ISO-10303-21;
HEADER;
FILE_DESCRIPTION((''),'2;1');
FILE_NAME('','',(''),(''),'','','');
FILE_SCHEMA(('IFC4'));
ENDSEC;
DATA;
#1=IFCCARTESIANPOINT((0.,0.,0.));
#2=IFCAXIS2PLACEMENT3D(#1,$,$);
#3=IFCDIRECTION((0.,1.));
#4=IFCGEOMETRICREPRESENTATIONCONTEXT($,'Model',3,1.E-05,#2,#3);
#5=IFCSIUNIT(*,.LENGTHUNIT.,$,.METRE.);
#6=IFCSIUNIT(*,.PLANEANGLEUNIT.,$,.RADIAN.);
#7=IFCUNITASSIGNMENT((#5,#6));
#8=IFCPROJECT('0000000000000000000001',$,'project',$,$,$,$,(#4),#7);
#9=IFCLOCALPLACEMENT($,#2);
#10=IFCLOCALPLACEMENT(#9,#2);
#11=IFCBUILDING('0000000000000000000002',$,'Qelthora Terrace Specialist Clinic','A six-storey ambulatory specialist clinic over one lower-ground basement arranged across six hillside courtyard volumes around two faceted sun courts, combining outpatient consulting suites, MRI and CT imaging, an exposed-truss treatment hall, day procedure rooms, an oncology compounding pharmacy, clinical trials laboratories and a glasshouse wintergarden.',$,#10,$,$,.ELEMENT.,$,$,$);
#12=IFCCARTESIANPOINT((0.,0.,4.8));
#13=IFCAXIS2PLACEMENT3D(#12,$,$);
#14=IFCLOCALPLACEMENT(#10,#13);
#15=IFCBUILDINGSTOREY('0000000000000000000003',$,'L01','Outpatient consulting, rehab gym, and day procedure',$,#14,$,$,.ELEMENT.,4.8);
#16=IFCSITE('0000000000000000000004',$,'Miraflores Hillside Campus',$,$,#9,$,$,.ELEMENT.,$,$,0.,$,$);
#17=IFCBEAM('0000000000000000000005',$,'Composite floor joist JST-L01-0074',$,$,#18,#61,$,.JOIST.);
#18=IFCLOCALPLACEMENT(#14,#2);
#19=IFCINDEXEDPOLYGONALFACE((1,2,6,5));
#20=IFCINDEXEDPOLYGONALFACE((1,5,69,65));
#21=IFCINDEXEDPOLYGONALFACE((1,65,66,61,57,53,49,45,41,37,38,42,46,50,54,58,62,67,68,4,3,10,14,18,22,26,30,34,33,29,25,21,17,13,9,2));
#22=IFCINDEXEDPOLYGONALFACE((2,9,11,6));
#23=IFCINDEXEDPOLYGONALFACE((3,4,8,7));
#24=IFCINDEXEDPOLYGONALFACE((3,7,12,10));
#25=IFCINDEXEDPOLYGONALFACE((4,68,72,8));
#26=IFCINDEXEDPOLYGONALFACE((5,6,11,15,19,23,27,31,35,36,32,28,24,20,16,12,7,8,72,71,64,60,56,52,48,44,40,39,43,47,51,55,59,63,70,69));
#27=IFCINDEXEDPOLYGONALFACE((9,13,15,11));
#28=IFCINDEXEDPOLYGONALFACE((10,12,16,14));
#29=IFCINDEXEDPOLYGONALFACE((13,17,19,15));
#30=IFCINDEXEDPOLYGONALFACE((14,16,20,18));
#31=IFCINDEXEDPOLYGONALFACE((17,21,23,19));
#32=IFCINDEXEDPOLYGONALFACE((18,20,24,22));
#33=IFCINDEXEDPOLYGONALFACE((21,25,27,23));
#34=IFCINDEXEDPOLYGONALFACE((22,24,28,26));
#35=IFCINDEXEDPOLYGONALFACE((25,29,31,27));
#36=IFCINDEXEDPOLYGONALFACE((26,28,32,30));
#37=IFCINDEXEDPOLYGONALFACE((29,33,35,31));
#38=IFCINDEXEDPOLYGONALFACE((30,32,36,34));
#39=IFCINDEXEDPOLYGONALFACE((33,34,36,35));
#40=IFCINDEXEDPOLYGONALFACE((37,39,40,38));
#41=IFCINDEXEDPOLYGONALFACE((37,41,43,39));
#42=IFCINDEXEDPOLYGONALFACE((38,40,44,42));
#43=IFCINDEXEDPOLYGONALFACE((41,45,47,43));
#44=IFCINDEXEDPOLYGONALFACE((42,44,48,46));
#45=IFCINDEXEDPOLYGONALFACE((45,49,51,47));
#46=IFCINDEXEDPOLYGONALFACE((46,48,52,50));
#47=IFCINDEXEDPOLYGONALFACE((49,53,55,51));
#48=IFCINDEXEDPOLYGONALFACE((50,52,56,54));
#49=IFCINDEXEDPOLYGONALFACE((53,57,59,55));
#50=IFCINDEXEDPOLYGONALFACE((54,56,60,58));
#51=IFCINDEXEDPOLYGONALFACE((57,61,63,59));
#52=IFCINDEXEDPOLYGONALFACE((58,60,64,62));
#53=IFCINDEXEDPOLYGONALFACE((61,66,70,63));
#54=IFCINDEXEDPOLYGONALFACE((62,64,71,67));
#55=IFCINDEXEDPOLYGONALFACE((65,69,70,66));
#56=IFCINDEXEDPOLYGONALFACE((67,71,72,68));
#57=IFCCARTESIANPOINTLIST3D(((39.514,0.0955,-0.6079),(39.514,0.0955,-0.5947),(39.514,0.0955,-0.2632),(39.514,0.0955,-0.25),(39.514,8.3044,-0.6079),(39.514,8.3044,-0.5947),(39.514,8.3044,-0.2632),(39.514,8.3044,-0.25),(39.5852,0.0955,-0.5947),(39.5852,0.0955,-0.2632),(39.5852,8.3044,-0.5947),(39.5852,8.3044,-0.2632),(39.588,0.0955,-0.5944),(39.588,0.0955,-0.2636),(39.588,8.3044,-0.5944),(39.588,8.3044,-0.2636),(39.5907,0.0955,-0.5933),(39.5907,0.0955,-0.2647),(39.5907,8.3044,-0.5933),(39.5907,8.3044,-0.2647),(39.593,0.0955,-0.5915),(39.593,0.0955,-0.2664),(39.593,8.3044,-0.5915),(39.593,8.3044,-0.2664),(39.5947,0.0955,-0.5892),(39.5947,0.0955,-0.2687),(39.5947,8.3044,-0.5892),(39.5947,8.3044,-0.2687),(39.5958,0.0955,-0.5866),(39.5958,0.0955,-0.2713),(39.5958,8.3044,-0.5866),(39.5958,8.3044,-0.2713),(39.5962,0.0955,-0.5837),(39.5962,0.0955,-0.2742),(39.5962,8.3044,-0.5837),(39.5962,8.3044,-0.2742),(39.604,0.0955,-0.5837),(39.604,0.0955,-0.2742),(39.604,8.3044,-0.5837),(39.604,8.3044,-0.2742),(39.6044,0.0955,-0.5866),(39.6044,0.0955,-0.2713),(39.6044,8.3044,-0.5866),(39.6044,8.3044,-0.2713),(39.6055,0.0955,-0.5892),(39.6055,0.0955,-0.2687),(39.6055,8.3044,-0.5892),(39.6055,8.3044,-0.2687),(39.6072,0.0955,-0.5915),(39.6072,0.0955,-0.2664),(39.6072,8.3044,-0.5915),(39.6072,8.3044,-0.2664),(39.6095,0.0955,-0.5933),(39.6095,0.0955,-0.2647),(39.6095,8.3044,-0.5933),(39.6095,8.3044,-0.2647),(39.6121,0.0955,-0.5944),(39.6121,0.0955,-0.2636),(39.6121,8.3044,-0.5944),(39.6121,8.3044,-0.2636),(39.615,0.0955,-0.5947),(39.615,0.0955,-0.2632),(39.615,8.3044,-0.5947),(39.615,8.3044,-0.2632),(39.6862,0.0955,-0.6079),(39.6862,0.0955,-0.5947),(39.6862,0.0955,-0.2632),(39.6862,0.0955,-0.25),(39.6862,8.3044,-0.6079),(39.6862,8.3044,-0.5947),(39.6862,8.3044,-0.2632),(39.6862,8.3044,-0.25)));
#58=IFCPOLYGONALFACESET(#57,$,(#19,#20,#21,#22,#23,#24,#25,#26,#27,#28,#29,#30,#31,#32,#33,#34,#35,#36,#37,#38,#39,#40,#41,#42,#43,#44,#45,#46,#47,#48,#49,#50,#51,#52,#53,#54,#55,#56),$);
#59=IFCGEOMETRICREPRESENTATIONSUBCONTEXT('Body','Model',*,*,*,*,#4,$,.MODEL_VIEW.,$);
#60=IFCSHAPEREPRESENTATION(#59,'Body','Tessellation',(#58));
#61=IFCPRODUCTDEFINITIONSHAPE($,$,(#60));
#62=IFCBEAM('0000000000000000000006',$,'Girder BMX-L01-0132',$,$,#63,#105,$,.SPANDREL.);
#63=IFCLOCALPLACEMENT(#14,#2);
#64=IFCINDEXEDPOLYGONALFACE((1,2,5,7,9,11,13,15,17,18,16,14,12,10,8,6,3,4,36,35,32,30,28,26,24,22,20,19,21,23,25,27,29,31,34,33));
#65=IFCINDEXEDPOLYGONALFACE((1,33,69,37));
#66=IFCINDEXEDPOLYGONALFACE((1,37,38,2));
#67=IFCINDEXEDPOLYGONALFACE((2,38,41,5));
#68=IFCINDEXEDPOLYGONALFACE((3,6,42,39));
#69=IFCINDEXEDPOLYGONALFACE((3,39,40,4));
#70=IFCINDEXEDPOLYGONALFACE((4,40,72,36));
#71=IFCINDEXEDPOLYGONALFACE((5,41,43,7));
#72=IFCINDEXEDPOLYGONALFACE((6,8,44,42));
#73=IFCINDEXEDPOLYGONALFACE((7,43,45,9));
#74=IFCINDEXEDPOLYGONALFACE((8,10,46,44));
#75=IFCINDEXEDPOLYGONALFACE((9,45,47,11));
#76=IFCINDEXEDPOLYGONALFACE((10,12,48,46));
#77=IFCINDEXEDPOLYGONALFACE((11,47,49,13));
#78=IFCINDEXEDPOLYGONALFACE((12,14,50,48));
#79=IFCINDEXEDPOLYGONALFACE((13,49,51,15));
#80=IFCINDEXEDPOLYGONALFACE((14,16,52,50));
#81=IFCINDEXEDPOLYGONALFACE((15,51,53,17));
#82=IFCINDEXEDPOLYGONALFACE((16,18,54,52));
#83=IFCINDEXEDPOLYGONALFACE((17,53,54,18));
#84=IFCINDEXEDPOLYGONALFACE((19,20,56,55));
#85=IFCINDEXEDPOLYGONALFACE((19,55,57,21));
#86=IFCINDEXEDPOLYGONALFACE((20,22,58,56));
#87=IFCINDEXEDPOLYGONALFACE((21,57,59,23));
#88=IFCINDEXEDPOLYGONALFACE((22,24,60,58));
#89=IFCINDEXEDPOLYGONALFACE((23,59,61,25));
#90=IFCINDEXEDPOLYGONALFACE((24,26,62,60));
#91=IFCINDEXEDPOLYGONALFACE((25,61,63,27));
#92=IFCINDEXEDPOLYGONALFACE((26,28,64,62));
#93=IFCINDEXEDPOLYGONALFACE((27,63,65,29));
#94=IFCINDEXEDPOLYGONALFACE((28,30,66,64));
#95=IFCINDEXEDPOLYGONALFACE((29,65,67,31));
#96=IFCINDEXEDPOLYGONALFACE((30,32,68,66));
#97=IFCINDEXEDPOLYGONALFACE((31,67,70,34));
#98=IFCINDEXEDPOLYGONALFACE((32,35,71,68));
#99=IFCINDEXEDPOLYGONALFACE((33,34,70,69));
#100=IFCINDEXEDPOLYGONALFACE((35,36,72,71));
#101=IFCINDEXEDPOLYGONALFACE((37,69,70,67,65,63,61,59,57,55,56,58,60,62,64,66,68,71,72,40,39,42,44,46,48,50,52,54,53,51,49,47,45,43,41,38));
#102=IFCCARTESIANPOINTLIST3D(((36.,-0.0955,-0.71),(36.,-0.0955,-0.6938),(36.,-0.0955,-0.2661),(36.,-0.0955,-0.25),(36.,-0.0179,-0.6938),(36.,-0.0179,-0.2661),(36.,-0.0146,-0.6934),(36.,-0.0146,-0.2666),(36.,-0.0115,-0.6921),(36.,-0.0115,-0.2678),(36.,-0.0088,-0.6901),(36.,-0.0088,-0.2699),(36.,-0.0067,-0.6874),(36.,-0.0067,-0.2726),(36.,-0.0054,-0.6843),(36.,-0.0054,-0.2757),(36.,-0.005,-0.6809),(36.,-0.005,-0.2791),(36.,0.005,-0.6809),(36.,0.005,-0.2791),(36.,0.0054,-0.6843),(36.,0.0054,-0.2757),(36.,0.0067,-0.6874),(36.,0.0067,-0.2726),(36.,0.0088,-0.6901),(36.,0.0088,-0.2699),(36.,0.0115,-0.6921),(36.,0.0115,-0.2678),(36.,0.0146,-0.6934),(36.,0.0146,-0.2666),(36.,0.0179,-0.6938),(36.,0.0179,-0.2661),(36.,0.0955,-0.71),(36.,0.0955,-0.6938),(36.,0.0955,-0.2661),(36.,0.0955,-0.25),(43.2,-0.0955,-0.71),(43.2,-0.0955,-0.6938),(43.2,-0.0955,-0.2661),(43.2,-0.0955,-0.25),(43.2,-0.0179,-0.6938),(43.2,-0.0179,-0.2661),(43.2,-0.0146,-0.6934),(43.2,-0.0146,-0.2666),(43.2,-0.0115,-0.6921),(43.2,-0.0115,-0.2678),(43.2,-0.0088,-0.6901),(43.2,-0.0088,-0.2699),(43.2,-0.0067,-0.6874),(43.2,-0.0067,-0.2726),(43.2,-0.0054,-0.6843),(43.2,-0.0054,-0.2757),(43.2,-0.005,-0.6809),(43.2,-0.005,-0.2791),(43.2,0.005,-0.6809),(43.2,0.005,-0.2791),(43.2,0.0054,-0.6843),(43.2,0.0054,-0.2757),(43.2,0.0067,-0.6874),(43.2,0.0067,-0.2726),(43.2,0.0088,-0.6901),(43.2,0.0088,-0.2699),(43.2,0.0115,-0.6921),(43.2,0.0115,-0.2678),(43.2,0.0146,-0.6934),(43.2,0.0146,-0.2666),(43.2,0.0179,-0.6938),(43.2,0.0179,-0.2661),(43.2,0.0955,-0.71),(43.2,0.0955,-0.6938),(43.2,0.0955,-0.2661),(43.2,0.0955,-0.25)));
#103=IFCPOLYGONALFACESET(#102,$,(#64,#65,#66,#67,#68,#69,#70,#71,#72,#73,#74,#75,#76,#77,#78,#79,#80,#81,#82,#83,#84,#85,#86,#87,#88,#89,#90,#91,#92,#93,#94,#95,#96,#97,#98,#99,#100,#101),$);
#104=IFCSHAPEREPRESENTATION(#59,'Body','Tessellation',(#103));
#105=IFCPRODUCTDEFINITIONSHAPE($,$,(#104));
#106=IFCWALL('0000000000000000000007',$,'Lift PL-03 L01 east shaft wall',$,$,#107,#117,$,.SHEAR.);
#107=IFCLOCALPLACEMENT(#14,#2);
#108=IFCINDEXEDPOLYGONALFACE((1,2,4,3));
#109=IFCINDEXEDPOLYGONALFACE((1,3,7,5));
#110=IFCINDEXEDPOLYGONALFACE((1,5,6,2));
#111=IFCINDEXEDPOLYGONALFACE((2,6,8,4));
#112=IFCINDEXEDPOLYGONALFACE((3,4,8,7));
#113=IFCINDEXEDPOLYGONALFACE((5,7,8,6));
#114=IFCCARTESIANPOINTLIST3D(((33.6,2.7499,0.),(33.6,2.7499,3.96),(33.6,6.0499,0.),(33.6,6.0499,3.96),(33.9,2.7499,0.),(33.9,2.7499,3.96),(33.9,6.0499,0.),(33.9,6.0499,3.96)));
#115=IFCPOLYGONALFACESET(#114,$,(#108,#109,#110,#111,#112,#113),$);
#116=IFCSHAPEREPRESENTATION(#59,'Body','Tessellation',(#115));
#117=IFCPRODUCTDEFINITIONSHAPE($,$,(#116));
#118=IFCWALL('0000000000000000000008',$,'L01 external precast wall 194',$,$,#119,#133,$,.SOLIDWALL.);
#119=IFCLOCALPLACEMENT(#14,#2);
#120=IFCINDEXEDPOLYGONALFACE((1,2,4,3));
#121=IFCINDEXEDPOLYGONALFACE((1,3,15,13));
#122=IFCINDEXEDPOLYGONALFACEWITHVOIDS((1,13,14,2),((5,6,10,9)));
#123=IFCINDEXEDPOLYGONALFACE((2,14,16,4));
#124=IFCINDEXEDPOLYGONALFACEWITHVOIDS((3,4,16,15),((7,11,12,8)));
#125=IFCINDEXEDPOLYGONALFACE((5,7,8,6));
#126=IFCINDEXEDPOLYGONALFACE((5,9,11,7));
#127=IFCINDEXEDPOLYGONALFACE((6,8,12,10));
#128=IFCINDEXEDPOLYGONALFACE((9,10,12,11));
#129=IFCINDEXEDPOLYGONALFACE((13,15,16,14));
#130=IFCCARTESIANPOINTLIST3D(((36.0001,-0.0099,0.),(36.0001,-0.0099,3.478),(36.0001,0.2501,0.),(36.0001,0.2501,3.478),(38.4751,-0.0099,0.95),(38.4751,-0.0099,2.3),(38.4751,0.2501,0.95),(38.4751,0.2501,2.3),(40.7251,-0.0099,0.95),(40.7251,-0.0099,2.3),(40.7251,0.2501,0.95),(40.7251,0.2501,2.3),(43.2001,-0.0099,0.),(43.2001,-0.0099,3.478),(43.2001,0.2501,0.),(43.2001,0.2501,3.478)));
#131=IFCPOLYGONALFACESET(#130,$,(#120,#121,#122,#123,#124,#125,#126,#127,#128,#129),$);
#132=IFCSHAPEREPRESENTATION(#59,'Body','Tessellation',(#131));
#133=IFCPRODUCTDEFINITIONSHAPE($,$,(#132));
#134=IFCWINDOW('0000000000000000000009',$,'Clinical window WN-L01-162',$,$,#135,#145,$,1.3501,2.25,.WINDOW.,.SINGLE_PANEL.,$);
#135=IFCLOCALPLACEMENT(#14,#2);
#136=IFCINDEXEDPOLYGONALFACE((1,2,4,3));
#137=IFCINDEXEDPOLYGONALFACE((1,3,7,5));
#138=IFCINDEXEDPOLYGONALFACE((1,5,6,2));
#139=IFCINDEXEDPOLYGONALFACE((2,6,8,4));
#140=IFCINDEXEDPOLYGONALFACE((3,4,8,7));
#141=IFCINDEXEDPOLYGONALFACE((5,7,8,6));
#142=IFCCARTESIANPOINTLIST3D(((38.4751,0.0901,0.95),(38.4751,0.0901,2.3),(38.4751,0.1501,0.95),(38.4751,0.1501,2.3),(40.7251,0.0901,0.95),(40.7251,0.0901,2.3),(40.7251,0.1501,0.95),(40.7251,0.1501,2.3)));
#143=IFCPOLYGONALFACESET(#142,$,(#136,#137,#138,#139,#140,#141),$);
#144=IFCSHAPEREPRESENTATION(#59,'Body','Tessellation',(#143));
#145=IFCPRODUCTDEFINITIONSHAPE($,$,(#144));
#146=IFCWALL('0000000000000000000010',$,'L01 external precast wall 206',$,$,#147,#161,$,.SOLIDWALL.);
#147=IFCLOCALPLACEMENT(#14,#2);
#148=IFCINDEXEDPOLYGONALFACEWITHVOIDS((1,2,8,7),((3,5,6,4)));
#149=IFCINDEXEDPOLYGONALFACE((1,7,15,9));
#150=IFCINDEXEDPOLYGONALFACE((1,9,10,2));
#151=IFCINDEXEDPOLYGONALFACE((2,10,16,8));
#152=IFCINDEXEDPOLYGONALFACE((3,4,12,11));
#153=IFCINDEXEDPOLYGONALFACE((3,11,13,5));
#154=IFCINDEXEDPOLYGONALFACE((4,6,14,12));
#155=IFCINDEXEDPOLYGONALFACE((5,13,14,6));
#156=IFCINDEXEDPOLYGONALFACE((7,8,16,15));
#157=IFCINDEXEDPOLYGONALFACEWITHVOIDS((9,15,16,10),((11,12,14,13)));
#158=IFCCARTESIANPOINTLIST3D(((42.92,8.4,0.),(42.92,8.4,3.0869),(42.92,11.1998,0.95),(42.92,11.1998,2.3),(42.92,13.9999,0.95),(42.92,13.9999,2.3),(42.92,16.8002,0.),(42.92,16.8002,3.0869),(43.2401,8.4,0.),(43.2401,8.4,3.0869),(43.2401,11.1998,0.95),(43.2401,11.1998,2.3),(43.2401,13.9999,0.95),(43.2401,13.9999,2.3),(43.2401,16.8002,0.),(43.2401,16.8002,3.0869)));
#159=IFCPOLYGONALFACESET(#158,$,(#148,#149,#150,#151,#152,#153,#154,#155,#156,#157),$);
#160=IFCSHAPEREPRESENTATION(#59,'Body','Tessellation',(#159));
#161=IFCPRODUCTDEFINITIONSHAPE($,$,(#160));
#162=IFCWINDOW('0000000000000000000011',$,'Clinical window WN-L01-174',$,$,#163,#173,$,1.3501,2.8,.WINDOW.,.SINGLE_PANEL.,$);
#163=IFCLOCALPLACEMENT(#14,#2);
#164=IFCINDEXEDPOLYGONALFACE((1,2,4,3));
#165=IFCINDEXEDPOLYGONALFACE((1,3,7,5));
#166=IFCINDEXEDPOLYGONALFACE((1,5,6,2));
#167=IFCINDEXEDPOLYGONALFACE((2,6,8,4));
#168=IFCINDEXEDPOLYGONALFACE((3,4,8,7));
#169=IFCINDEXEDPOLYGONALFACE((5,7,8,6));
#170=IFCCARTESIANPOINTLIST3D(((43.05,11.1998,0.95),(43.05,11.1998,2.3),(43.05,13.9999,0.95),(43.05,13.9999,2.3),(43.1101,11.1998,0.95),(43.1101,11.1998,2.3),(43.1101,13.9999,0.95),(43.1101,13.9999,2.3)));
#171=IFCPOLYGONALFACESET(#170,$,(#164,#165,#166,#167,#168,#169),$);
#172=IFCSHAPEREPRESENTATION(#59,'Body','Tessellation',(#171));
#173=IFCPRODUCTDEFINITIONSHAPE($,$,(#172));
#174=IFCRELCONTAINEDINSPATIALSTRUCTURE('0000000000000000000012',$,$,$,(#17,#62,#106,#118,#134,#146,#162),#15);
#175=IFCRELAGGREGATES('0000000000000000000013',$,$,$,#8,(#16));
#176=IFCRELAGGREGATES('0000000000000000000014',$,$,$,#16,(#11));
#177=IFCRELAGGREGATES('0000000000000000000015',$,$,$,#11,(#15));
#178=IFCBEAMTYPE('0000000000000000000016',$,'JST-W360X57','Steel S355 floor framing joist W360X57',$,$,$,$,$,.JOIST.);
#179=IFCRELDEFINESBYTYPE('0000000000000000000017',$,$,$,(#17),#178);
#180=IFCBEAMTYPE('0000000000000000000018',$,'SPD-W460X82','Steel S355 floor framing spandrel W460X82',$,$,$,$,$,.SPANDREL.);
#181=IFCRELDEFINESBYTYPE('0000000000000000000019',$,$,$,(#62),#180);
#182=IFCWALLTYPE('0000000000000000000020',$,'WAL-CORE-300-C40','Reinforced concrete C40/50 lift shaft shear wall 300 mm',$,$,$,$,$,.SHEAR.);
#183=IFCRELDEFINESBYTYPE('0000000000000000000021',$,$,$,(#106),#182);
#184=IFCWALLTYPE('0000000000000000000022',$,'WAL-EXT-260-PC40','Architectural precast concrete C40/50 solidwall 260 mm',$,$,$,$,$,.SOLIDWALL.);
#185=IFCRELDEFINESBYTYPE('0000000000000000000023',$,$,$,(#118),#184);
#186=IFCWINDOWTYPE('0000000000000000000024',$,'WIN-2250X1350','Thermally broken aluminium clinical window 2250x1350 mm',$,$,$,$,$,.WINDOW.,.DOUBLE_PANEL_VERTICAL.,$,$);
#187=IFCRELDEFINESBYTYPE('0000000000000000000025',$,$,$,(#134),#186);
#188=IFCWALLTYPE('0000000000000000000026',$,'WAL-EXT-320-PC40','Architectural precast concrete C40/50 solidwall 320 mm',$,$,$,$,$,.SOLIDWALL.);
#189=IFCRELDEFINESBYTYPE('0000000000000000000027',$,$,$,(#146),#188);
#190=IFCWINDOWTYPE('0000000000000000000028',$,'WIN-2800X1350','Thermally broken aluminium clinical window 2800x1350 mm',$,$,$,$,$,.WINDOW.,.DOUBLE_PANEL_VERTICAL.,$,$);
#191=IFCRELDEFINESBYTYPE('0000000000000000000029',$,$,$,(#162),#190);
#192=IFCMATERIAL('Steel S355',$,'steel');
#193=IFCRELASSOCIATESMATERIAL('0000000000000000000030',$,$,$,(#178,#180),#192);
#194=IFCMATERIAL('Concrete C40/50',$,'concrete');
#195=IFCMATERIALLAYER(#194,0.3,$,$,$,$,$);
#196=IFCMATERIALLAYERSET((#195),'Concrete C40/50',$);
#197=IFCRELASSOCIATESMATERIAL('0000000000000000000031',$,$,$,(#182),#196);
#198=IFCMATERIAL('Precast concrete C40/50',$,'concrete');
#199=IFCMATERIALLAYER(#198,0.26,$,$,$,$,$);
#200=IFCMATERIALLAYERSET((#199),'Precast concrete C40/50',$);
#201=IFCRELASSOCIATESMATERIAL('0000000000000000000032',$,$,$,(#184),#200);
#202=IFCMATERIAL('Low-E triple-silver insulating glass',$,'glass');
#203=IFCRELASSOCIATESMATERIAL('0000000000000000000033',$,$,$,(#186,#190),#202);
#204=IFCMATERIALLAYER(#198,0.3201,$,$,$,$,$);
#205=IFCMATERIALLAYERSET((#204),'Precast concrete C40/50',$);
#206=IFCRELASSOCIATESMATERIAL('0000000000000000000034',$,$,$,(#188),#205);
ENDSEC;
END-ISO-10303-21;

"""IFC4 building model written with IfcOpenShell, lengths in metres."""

from ifc_helpers import new_model, si_unit, direction, frame, frame_2d, origin, origin_2d, place, context, subcontext, project, spatial, rectangle, i_section, extrude, material, layer, layer_set, material_profile, profile_set, type_object, element, fill, save


model = new_model("IFC4")

# Units and contexts
model_context = context("Model", 3, precision=1e-05, world=origin(), true_north=direction((0.0, 1.0)))
body_context = subcontext(model_context, "Body", "Model", "MODEL_VIEW")
ifc_project = project(units=[si_unit("LENGTHUNIT", "METRE"), si_unit("PLANEANGLEUNIT", "RADIAN")], contexts=[model_context])

# Site, building, storey
site_placement = place(None, origin())
site = spatial("IfcSite", under=ifc_project, at=site_placement, Name="Miraflores Hillside Campus", CompositionType="ELEMENT", RefElevation=0.0)
building_placement = place(site_placement, origin())
building = spatial("IfcBuilding", under=site, at=building_placement, Name="Qelthora Terrace Specialist Clinic", Description="A six-storey ambulatory specialist clinic over one lower-ground basement arranged across six hillside courtyard volumes around two faceted sun courts, combining outpatient consulting suites, MRI and CT imaging, an exposed-truss treatment hall, day procedure rooms, an oncology compounding pharmacy, clinical trials laboratories and a glasshouse wintergarden.", CompositionType="ELEMENT")
storey_placement = place(building_placement, frame((0.0, 0.0, 4.8)))
storey = spatial("IfcBuildingStorey", under=building, at=storey_placement, Name="L01", Description="Outpatient consulting, rehab gym, and day procedure", CompositionType="ELEMENT", Elevation=4.8)

# Shared definitions
ifc_material_1 = material(Name="Steel S355", Category="steel")

# Beams
ifc_material_profile_1 = material_profile(ifc_material_1, i_section(OverallWidth=0.1721, OverallDepth=0.3579, WebThickness=0.0078, FlangeThickness=0.0132, FilletRadius=0.011, at=origin_2d()), Name="W360X57")
ifc_profile_set_1 = profile_set([ifc_material_profile_1], Name="Steel S355")
beam_type_1 = type_object("IfcBeamType", Name="JST-W360X57", Description="Steel S355 floor framing joist W360X57", PredefinedType="JOIST", material=ifc_profile_set_1)
beam_1_placement = place(storey_placement, frame((39.6001, 0.0955, -0.429), z_axis=(0.0, 1.0, 0.0), x_axis=(-1.0, 0.0, 0.0)))
element("IfcBeam", 1, at=beam_1_placement, inside=storey, type_object=beam_type_1, Name="Composite floor joist JST-L01-0074", PredefinedType="JOIST", context=body_context, shape_type="SweptSolid", body=[
    extrude(i_section(OverallWidth=0.1721, OverallDepth=0.3579, WebThickness=0.0078, FlangeThickness=0.0132, FilletRadius=0.011, at=origin_2d()), origin(), (0.0, 0.0, 1.0), 8.209),
])
ifc_material_profile_2 = material_profile(ifc_material_1, i_section(OverallWidth=0.1909, OverallDepth=0.46, WebThickness=0.01, FlangeThickness=0.0161, FilletRadius=0.0129, at=origin_2d()), Name="W460X82")
ifc_profile_set_2 = profile_set([ifc_material_profile_2], Name="Steel S355")
beam_type_2 = type_object("IfcBeamType", Name="SPD-W460X82", Description="Steel S355 floor framing spandrel W460X82", PredefinedType="SPANDREL", material=ifc_profile_set_2)
beam_2_placement = place(storey_placement, frame((36.0, 0.0, -0.48), z_axis=(1.0, 0.0, 0.0), x_axis=(0.0, 1.0, 0.0)))
element("IfcBeam", 2, at=beam_2_placement, inside=storey, type_object=beam_type_2, Name="Girder BMX-L01-0132", PredefinedType="SPANDREL", context=body_context, shape_type="SweptSolid", body=[
    extrude(i_section(OverallWidth=0.1909, OverallDepth=0.46, WebThickness=0.01, FlangeThickness=0.0161, FilletRadius=0.0129, at=origin_2d()), origin(), (0.0, 0.0, 1.0), 7.2),
])

# Wall
ifc_material_2 = material(Name="Concrete C40/50", Category="concrete")
ifc_layer_1 = layer(ifc_material_2, 0.3)
ifc_layer_set_1 = layer_set([ifc_layer_1], Name="Concrete C40/50")
wall_type_1 = type_object("IfcWallType", Name="WAL-CORE-300-C40", Description="Reinforced concrete C40/50 lift shaft shear wall 300 mm", PredefinedType="SHEAR", material=ifc_layer_set_1)
wall_1_placement = place(storey_placement, frame((33.75, 2.75, 0.0), z_axis=(0.0, 0.0, 1.0), x_axis=(0.0, 1.0, 0.0)))
element("IfcWall", 3, at=wall_1_placement, inside=storey, type_object=wall_type_1, Name="Lift PL-03 L01 east shaft wall", PredefinedType="SHEAR", context=body_context, shape_type="SweptSolid", body=[
    extrude(rectangle(XDim=3.3, YDim=0.3, at=frame_2d((1.6499, 0.0))), origin(), (0.0, 0.0, 1.0), 3.96),
])

# Walls, openings, windows
ifc_material_3 = material(Name="Precast concrete C40/50", Category="concrete")
ifc_layer_2 = layer(ifc_material_3, 0.26)
ifc_layer_set_2 = layer_set([ifc_layer_2], Name="Precast concrete C40/50")
wall_type_2 = type_object("IfcWallType", Name="WAL-EXT-260-PC40", Description="Architectural precast concrete C40/50 solidwall 260 mm", PredefinedType="SOLIDWALL", material=ifc_layer_set_2)
wall_2_placement = place(storey_placement, frame((36.0, 0.1201, 0.0), z_axis=(0.0, 0.0, 1.0), x_axis=(1.0, 0.0, 0.0)))
wall_2 = element("IfcWall", 4, at=wall_2_placement, inside=storey, type_object=wall_type_2, Name="L01 external precast wall 194", PredefinedType="SOLIDWALL", context=body_context, shape_type="SweptSolid", body=[
    extrude(rectangle(XDim=7.2, YDim=0.26, at=frame_2d((3.6001, 0.0))), origin(), (0.0, 0.0, 1.0), 3.478),
])
opening_1_placement = place(wall_2_placement, frame((2.4751, 0.0, 0.95)))
opening_1 = element("IfcOpeningElement", 5, at=opening_1_placement, cuts=wall_2, PredefinedType="OPENING", context=body_context, shape_type="SweptSolid", body=[
    extrude(rectangle(XDim=2.25, YDim=1.3501, at=frame_2d((1.125, 0.675))), frame((0.0, 0.1399, 0.0), z_axis=(0.0, -1.0, 0.0), x_axis=(1.0, 0.0, 0.0)), (0.0, 0.0, 1.0), 0.28),
])
ifc_material_4 = material(Name="Low-E triple-silver insulating glass", Category="glass")
window_type_1 = type_object("IfcWindowType", Name="WIN-2250X1350", Description="Thermally broken aluminium clinical window 2250x1350 mm", PartitioningType="DOUBLE_PANEL_VERTICAL", PredefinedType="WINDOW", material=ifc_material_4)
window_1_placement = place(opening_1_placement, origin())
window_1 = element("IfcWindow", 6, at=window_1_placement, inside=storey, type_object=window_type_1, Name="Clinical window WN-L01-162", OverallHeight=1.3501, OverallWidth=2.25, PartitioningType="SINGLE_PANEL", PredefinedType="WINDOW", context=body_context, shape_type="SweptSolid", body=[
    extrude(rectangle(XDim=2.25, YDim=1.3501, at=frame_2d((1.125, 0.675))), frame((0.0, 0.03, 0.0), z_axis=(0.0, -1.0, 0.0), x_axis=(1.0, 0.0, 0.0)), (0.0, 0.0, 1.0), 0.0601),
])
fill(opening_1, window_1)
ifc_layer_3 = layer(ifc_material_3, 0.3201)
ifc_layer_set_3 = layer_set([ifc_layer_3], Name="Precast concrete C40/50")
wall_type_3 = type_object("IfcWallType", Name="WAL-EXT-320-PC40", Description="Architectural precast concrete C40/50 solidwall 320 mm", PredefinedType="SOLIDWALL", material=ifc_layer_set_3)
wall_3_placement = place(storey_placement, frame((43.0801, 8.3999, 0.0), z_axis=(0.0, 0.0, 1.0), x_axis=(0.0, 1.0, 0.0)))
wall_3 = element("IfcWall", 7, at=wall_3_placement, inside=storey, type_object=wall_type_3, Name="L01 external precast wall 206", PredefinedType="SOLIDWALL", context=body_context, shape_type="SweptSolid", body=[
    extrude(rectangle(XDim=8.4001, YDim=0.3201, at=frame_2d((4.2002, 0.0))), origin(), (0.0, 0.0, 1.0), 3.0869),
])
opening_2_placement = place(wall_3_placement, frame((2.8, 0.0, 0.95)))
opening_2 = element("IfcOpeningElement", 8, at=opening_2_placement, cuts=wall_3, PredefinedType="OPENING", context=body_context, shape_type="SweptSolid", body=[
    extrude(rectangle(XDim=2.8, YDim=1.3501, at=frame_2d((1.3999, 0.675))), frame((0.0, 0.1699, 0.0), z_axis=(0.0, -1.0, 0.0), x_axis=(1.0, 0.0, 0.0)), (0.0, 0.0, 1.0), 0.3401),
])
window_type_2 = type_object("IfcWindowType", Name="WIN-2800X1350", Description="Thermally broken aluminium clinical window 2800x1350 mm", PartitioningType="DOUBLE_PANEL_VERTICAL", PredefinedType="WINDOW", material=ifc_material_4)
window_2_placement = place(opening_2_placement, origin())
window_2 = element("IfcWindow", 9, at=window_2_placement, inside=storey, type_object=window_type_2, Name="Clinical window WN-L01-174", OverallHeight=1.3501, OverallWidth=2.8, PartitioningType="SINGLE_PANEL", PredefinedType="WINDOW", context=body_context, shape_type="SweptSolid", body=[
    extrude(rectangle(XDim=2.8, YDim=1.3501, at=frame_2d((1.3999, 0.675))), frame((0.0, 0.03, 0.0), z_axis=(0.0, -1.0, 0.0), x_axis=(1.0, 0.0, 0.0)), (0.0, 0.0, 1.0), 0.0601),
])
fill(opening_2, window_2)

save(model, "model.ifc")
